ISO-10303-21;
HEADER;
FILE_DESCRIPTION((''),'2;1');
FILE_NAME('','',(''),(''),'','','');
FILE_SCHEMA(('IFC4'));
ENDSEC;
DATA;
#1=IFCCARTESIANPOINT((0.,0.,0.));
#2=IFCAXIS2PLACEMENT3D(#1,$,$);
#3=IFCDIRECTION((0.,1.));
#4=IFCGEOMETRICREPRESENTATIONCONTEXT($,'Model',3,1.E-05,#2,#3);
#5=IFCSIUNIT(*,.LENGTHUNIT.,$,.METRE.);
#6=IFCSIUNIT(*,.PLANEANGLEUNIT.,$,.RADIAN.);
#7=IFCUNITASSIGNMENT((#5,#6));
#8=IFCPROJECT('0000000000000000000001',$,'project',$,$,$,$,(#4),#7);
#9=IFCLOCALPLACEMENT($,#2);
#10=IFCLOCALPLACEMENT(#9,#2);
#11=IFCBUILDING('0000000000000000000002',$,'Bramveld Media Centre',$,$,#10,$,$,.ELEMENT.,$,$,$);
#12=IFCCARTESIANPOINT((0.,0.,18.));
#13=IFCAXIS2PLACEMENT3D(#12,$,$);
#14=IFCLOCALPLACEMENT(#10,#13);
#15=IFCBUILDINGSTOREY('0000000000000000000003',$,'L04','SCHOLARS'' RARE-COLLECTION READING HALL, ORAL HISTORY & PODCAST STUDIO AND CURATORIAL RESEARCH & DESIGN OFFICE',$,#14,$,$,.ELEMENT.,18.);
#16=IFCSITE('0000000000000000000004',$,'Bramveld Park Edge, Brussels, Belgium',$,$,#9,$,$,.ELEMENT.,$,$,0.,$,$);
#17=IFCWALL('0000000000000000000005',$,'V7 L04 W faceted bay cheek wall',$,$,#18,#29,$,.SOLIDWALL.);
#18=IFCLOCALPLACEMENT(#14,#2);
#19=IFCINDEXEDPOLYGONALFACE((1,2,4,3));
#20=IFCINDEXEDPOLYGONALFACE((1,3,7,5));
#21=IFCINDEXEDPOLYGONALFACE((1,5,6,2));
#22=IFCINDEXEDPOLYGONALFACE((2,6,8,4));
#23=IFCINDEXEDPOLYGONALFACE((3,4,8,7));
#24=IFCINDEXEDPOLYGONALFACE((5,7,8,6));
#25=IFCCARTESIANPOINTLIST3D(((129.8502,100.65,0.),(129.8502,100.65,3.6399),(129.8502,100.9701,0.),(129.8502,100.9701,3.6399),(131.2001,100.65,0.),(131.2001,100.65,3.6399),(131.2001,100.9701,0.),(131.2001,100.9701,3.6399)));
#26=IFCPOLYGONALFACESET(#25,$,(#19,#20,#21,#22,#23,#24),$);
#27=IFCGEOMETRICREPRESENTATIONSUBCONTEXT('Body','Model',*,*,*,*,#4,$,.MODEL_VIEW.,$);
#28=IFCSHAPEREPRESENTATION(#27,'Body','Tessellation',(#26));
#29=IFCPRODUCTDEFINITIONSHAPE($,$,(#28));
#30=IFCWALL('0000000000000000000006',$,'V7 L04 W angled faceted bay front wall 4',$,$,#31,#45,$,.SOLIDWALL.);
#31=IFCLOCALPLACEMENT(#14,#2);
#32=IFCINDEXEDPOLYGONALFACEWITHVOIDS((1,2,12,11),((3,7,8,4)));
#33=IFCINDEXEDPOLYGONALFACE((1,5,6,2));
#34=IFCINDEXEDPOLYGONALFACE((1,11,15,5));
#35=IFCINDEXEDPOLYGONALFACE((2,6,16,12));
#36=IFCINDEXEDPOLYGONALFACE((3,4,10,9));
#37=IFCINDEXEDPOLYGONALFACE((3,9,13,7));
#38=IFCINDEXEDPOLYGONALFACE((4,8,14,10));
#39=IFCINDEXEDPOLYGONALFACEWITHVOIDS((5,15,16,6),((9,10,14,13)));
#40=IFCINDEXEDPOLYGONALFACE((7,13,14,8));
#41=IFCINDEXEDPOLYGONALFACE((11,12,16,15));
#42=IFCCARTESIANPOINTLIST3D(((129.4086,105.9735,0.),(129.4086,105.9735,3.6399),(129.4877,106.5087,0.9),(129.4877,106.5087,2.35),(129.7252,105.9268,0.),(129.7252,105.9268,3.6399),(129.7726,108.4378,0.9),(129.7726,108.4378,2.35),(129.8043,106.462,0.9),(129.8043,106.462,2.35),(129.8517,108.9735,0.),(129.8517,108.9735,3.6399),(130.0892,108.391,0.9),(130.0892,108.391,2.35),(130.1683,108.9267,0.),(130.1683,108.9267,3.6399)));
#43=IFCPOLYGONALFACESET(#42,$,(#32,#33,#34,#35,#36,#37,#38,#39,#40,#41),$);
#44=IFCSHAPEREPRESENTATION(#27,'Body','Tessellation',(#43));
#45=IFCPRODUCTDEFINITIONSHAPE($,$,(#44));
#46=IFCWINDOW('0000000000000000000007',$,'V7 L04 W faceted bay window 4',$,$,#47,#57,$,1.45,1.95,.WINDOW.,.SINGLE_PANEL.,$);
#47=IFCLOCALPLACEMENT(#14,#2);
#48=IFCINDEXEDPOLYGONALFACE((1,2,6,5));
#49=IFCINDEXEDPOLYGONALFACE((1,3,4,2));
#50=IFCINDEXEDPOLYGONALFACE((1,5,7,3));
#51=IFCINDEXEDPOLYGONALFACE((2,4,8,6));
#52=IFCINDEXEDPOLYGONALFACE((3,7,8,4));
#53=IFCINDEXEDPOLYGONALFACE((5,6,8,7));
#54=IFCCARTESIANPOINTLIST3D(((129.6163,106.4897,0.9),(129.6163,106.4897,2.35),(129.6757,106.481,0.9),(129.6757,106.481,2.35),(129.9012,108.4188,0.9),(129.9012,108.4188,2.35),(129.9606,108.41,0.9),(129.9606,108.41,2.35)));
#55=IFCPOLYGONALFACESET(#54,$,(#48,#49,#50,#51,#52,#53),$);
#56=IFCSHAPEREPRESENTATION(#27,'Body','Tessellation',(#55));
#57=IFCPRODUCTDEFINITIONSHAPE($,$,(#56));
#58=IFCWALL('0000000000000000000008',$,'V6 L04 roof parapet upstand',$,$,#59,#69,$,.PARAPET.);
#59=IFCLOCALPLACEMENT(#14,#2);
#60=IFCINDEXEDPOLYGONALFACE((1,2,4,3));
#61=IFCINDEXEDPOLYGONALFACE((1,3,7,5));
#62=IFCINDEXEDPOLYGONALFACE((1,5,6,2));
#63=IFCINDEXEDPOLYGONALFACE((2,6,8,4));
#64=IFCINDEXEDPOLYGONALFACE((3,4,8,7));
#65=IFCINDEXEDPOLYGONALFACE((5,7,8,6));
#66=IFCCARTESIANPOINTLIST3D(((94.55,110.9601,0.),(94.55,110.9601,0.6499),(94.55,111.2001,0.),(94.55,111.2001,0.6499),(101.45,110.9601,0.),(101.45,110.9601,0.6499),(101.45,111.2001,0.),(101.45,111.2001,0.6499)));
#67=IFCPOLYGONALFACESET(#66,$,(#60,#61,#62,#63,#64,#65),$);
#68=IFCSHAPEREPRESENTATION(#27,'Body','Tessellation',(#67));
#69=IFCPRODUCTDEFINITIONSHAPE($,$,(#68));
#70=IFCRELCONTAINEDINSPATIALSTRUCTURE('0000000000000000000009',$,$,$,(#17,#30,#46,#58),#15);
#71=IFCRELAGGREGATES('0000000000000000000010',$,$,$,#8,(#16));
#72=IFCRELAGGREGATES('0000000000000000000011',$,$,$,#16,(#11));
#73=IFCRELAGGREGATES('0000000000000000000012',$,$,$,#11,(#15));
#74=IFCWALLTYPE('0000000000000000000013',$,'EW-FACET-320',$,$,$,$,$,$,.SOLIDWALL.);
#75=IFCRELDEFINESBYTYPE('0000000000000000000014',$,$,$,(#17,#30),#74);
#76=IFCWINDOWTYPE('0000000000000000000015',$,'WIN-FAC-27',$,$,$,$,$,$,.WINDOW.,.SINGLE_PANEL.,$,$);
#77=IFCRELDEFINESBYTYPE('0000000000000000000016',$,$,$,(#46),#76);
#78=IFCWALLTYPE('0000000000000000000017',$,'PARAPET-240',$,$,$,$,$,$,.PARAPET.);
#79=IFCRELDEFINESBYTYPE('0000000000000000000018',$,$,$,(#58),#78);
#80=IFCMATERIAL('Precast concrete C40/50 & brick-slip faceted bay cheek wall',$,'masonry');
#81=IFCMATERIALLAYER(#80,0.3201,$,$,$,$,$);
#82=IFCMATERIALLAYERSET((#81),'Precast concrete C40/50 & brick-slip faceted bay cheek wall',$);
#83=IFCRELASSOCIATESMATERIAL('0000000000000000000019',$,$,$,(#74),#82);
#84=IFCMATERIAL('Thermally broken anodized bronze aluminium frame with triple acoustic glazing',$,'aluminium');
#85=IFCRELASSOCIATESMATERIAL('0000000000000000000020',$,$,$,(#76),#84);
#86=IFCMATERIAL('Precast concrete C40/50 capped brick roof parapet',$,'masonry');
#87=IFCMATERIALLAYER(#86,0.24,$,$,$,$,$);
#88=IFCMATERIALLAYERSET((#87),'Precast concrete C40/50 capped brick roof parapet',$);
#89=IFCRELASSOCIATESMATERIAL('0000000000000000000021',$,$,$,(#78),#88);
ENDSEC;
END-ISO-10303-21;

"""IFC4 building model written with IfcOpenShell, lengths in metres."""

from ifc_helpers import new_model, si_unit, direction, frame, frame_2d, origin, place, context, subcontext, project, spatial, rectangle, extrude, material, layer, layer_set, type_object, element, fill, save


model = new_model("IFC4")

# Units and contexts
model_context = context("Model", 3, precision=1e-05, world=origin(), true_north=direction((0.0, 1.0)))
body_context = subcontext(model_context, "Body", "Model", "MODEL_VIEW")
ifc_project = project(units=[si_unit("LENGTHUNIT", "METRE"), si_unit("PLANEANGLEUNIT", "RADIAN")], contexts=[model_context])

# Site, building, storey
site_placement = place(None, origin())
site = spatial("IfcSite", under=ifc_project, at=site_placement, Name="Bramveld Park Edge, Brussels, Belgium", CompositionType="ELEMENT", RefElevation=0.0)
building_placement = place(site_placement, origin())
building = spatial("IfcBuilding", under=site, at=building_placement, Name="Bramveld Media Centre", CompositionType="ELEMENT")
storey_placement = place(building_placement, frame((0.0, 0.0, 18.0)))
storey = spatial("IfcBuildingStorey", under=building, at=storey_placement, Name="L04", Description="SCHOLARS' RARE-COLLECTION READING HALL, ORAL HISTORY & PODCAST STUDIO AND CURATORIAL RESEARCH & DESIGN OFFICE", CompositionType="ELEMENT", Elevation=18.0)

# Shared definitions
ifc_material_1 = material(Name="Precast concrete C40/50 & brick-slip faceted bay cheek wall", Category="masonry")
ifc_layer_1 = layer(ifc_material_1, 0.3201)
ifc_layer_set_1 = layer_set([ifc_layer_1], Name="Precast concrete C40/50 & brick-slip faceted bay cheek wall")
wall_type_1 = type_object("IfcWallType", Name="EW-FACET-320", PredefinedType="SOLIDWALL", material=ifc_layer_set_1)

# Wall
wall_1_placement = place(storey_placement, frame((131.2, 100.8101, 0.0), z_axis=(0.0, 0.0, 1.0), x_axis=(-1.0, 0.0, 0.0)))
element("IfcWall", 1, at=wall_1_placement, inside=storey, type_object=wall_type_1, Name="V7 L04 W faceted bay cheek wall", PredefinedType="SOLIDWALL", context=body_context, shape_type="SweptSolid", body=[
    extrude(rectangle(XDim=1.3499, YDim=0.3201, at=frame_2d((0.6748, 0.0))), origin(), (0.0, 0.0, 1.0), 3.6399),
])

# Wall, opening, window
wall_2_placement = place(storey_placement, frame((130.01, 108.95, 0.0), z_axis=(0.0, 0.0, 1.0), x_axis=(-0.14612, -0.989267, 0.0)))
wall_2 = element("IfcWall", 2, at=wall_2_placement, inside=storey, type_object=wall_type_1, Name="V7 L04 W angled faceted bay front wall 4", PredefinedType="SOLIDWALL", context=body_context, shape_type="SweptSolid", body=[
    extrude(rectangle(XDim=3.0325, YDim=0.3201, at=frame_2d((1.5161, 0.0))), origin(), (0.0, 0.0, 1.0), 3.6399),
])
opening_1_placement = place(wall_2_placement, frame((0.5413, 0.0, 0.8999)))
opening_1 = element("IfcOpeningElement", 3, at=opening_1_placement, cuts=wall_2, PredefinedType="OPENING", context=body_context, shape_type="SweptSolid", body=[
    extrude(rectangle(XDim=1.95, YDim=1.45, at=frame_2d((0.9751, 0.7251))), frame((0.0, 0.1719, 0.0), z_axis=(0.0, -1.0, 0.0), x_axis=(1.0, 0.0, 0.0)), (0.0, 0.0, 1.0), 0.344),
])
ifc_material_2 = material(Name="Thermally broken anodized bronze aluminium frame with triple acoustic glazing", Category="aluminium")
window_type_1 = type_object("IfcWindowType", Name="WIN-FAC-27", PartitioningType="SINGLE_PANEL", PredefinedType="WINDOW", material=ifc_material_2)
window_1_placement = place(opening_1_placement, origin())
window_1 = element("IfcWindow", 4, at=window_1_placement, inside=storey, type_object=window_type_1, Name="V7 L04 W faceted bay window 4", OverallHeight=1.45, OverallWidth=1.95, PartitioningType="SINGLE_PANEL", PredefinedType="WINDOW", context=body_context, shape_type="SweptSolid", body=[
    extrude(rectangle(XDim=1.95, YDim=1.45, at=frame_2d((0.9751, 0.7251))), frame((0.0, 0.03, 0.0), z_axis=(0.0, -1.0, 0.0), x_axis=(1.0, 0.0, 0.0)), (0.0, 0.0, 1.0), 0.0601),
])
fill(opening_1, window_1)

# Wall
ifc_material_3 = material(Name="Precast concrete C40/50 capped brick roof parapet", Category="masonry")
ifc_layer_2 = layer(ifc_material_3, 0.24)
ifc_layer_set_2 = layer_set([ifc_layer_2], Name="Precast concrete C40/50 capped brick roof parapet")
wall_type_2 = type_object("IfcWallType", Name="PARAPET-240", PredefinedType="PARAPET", material=ifc_layer_set_2)
wall_3_placement = place(storey_placement, frame((94.55, 111.0801, 0.0), z_axis=(0.0, 0.0, 1.0), x_axis=(1.0, 0.0, 0.0)))
element("IfcWall", 5, at=wall_3_placement, inside=storey, type_object=wall_type_2, Name="V6 L04 roof parapet upstand", PredefinedType="PARAPET", context=body_context, shape_type="SweptSolid", body=[
    extrude(rectangle(XDim=6.8999, YDim=0.24, at=frame_2d((3.45, 0.0))), origin(), (0.0, 0.0, 1.0), 0.6499),
])

save(model, "model.ifc")
